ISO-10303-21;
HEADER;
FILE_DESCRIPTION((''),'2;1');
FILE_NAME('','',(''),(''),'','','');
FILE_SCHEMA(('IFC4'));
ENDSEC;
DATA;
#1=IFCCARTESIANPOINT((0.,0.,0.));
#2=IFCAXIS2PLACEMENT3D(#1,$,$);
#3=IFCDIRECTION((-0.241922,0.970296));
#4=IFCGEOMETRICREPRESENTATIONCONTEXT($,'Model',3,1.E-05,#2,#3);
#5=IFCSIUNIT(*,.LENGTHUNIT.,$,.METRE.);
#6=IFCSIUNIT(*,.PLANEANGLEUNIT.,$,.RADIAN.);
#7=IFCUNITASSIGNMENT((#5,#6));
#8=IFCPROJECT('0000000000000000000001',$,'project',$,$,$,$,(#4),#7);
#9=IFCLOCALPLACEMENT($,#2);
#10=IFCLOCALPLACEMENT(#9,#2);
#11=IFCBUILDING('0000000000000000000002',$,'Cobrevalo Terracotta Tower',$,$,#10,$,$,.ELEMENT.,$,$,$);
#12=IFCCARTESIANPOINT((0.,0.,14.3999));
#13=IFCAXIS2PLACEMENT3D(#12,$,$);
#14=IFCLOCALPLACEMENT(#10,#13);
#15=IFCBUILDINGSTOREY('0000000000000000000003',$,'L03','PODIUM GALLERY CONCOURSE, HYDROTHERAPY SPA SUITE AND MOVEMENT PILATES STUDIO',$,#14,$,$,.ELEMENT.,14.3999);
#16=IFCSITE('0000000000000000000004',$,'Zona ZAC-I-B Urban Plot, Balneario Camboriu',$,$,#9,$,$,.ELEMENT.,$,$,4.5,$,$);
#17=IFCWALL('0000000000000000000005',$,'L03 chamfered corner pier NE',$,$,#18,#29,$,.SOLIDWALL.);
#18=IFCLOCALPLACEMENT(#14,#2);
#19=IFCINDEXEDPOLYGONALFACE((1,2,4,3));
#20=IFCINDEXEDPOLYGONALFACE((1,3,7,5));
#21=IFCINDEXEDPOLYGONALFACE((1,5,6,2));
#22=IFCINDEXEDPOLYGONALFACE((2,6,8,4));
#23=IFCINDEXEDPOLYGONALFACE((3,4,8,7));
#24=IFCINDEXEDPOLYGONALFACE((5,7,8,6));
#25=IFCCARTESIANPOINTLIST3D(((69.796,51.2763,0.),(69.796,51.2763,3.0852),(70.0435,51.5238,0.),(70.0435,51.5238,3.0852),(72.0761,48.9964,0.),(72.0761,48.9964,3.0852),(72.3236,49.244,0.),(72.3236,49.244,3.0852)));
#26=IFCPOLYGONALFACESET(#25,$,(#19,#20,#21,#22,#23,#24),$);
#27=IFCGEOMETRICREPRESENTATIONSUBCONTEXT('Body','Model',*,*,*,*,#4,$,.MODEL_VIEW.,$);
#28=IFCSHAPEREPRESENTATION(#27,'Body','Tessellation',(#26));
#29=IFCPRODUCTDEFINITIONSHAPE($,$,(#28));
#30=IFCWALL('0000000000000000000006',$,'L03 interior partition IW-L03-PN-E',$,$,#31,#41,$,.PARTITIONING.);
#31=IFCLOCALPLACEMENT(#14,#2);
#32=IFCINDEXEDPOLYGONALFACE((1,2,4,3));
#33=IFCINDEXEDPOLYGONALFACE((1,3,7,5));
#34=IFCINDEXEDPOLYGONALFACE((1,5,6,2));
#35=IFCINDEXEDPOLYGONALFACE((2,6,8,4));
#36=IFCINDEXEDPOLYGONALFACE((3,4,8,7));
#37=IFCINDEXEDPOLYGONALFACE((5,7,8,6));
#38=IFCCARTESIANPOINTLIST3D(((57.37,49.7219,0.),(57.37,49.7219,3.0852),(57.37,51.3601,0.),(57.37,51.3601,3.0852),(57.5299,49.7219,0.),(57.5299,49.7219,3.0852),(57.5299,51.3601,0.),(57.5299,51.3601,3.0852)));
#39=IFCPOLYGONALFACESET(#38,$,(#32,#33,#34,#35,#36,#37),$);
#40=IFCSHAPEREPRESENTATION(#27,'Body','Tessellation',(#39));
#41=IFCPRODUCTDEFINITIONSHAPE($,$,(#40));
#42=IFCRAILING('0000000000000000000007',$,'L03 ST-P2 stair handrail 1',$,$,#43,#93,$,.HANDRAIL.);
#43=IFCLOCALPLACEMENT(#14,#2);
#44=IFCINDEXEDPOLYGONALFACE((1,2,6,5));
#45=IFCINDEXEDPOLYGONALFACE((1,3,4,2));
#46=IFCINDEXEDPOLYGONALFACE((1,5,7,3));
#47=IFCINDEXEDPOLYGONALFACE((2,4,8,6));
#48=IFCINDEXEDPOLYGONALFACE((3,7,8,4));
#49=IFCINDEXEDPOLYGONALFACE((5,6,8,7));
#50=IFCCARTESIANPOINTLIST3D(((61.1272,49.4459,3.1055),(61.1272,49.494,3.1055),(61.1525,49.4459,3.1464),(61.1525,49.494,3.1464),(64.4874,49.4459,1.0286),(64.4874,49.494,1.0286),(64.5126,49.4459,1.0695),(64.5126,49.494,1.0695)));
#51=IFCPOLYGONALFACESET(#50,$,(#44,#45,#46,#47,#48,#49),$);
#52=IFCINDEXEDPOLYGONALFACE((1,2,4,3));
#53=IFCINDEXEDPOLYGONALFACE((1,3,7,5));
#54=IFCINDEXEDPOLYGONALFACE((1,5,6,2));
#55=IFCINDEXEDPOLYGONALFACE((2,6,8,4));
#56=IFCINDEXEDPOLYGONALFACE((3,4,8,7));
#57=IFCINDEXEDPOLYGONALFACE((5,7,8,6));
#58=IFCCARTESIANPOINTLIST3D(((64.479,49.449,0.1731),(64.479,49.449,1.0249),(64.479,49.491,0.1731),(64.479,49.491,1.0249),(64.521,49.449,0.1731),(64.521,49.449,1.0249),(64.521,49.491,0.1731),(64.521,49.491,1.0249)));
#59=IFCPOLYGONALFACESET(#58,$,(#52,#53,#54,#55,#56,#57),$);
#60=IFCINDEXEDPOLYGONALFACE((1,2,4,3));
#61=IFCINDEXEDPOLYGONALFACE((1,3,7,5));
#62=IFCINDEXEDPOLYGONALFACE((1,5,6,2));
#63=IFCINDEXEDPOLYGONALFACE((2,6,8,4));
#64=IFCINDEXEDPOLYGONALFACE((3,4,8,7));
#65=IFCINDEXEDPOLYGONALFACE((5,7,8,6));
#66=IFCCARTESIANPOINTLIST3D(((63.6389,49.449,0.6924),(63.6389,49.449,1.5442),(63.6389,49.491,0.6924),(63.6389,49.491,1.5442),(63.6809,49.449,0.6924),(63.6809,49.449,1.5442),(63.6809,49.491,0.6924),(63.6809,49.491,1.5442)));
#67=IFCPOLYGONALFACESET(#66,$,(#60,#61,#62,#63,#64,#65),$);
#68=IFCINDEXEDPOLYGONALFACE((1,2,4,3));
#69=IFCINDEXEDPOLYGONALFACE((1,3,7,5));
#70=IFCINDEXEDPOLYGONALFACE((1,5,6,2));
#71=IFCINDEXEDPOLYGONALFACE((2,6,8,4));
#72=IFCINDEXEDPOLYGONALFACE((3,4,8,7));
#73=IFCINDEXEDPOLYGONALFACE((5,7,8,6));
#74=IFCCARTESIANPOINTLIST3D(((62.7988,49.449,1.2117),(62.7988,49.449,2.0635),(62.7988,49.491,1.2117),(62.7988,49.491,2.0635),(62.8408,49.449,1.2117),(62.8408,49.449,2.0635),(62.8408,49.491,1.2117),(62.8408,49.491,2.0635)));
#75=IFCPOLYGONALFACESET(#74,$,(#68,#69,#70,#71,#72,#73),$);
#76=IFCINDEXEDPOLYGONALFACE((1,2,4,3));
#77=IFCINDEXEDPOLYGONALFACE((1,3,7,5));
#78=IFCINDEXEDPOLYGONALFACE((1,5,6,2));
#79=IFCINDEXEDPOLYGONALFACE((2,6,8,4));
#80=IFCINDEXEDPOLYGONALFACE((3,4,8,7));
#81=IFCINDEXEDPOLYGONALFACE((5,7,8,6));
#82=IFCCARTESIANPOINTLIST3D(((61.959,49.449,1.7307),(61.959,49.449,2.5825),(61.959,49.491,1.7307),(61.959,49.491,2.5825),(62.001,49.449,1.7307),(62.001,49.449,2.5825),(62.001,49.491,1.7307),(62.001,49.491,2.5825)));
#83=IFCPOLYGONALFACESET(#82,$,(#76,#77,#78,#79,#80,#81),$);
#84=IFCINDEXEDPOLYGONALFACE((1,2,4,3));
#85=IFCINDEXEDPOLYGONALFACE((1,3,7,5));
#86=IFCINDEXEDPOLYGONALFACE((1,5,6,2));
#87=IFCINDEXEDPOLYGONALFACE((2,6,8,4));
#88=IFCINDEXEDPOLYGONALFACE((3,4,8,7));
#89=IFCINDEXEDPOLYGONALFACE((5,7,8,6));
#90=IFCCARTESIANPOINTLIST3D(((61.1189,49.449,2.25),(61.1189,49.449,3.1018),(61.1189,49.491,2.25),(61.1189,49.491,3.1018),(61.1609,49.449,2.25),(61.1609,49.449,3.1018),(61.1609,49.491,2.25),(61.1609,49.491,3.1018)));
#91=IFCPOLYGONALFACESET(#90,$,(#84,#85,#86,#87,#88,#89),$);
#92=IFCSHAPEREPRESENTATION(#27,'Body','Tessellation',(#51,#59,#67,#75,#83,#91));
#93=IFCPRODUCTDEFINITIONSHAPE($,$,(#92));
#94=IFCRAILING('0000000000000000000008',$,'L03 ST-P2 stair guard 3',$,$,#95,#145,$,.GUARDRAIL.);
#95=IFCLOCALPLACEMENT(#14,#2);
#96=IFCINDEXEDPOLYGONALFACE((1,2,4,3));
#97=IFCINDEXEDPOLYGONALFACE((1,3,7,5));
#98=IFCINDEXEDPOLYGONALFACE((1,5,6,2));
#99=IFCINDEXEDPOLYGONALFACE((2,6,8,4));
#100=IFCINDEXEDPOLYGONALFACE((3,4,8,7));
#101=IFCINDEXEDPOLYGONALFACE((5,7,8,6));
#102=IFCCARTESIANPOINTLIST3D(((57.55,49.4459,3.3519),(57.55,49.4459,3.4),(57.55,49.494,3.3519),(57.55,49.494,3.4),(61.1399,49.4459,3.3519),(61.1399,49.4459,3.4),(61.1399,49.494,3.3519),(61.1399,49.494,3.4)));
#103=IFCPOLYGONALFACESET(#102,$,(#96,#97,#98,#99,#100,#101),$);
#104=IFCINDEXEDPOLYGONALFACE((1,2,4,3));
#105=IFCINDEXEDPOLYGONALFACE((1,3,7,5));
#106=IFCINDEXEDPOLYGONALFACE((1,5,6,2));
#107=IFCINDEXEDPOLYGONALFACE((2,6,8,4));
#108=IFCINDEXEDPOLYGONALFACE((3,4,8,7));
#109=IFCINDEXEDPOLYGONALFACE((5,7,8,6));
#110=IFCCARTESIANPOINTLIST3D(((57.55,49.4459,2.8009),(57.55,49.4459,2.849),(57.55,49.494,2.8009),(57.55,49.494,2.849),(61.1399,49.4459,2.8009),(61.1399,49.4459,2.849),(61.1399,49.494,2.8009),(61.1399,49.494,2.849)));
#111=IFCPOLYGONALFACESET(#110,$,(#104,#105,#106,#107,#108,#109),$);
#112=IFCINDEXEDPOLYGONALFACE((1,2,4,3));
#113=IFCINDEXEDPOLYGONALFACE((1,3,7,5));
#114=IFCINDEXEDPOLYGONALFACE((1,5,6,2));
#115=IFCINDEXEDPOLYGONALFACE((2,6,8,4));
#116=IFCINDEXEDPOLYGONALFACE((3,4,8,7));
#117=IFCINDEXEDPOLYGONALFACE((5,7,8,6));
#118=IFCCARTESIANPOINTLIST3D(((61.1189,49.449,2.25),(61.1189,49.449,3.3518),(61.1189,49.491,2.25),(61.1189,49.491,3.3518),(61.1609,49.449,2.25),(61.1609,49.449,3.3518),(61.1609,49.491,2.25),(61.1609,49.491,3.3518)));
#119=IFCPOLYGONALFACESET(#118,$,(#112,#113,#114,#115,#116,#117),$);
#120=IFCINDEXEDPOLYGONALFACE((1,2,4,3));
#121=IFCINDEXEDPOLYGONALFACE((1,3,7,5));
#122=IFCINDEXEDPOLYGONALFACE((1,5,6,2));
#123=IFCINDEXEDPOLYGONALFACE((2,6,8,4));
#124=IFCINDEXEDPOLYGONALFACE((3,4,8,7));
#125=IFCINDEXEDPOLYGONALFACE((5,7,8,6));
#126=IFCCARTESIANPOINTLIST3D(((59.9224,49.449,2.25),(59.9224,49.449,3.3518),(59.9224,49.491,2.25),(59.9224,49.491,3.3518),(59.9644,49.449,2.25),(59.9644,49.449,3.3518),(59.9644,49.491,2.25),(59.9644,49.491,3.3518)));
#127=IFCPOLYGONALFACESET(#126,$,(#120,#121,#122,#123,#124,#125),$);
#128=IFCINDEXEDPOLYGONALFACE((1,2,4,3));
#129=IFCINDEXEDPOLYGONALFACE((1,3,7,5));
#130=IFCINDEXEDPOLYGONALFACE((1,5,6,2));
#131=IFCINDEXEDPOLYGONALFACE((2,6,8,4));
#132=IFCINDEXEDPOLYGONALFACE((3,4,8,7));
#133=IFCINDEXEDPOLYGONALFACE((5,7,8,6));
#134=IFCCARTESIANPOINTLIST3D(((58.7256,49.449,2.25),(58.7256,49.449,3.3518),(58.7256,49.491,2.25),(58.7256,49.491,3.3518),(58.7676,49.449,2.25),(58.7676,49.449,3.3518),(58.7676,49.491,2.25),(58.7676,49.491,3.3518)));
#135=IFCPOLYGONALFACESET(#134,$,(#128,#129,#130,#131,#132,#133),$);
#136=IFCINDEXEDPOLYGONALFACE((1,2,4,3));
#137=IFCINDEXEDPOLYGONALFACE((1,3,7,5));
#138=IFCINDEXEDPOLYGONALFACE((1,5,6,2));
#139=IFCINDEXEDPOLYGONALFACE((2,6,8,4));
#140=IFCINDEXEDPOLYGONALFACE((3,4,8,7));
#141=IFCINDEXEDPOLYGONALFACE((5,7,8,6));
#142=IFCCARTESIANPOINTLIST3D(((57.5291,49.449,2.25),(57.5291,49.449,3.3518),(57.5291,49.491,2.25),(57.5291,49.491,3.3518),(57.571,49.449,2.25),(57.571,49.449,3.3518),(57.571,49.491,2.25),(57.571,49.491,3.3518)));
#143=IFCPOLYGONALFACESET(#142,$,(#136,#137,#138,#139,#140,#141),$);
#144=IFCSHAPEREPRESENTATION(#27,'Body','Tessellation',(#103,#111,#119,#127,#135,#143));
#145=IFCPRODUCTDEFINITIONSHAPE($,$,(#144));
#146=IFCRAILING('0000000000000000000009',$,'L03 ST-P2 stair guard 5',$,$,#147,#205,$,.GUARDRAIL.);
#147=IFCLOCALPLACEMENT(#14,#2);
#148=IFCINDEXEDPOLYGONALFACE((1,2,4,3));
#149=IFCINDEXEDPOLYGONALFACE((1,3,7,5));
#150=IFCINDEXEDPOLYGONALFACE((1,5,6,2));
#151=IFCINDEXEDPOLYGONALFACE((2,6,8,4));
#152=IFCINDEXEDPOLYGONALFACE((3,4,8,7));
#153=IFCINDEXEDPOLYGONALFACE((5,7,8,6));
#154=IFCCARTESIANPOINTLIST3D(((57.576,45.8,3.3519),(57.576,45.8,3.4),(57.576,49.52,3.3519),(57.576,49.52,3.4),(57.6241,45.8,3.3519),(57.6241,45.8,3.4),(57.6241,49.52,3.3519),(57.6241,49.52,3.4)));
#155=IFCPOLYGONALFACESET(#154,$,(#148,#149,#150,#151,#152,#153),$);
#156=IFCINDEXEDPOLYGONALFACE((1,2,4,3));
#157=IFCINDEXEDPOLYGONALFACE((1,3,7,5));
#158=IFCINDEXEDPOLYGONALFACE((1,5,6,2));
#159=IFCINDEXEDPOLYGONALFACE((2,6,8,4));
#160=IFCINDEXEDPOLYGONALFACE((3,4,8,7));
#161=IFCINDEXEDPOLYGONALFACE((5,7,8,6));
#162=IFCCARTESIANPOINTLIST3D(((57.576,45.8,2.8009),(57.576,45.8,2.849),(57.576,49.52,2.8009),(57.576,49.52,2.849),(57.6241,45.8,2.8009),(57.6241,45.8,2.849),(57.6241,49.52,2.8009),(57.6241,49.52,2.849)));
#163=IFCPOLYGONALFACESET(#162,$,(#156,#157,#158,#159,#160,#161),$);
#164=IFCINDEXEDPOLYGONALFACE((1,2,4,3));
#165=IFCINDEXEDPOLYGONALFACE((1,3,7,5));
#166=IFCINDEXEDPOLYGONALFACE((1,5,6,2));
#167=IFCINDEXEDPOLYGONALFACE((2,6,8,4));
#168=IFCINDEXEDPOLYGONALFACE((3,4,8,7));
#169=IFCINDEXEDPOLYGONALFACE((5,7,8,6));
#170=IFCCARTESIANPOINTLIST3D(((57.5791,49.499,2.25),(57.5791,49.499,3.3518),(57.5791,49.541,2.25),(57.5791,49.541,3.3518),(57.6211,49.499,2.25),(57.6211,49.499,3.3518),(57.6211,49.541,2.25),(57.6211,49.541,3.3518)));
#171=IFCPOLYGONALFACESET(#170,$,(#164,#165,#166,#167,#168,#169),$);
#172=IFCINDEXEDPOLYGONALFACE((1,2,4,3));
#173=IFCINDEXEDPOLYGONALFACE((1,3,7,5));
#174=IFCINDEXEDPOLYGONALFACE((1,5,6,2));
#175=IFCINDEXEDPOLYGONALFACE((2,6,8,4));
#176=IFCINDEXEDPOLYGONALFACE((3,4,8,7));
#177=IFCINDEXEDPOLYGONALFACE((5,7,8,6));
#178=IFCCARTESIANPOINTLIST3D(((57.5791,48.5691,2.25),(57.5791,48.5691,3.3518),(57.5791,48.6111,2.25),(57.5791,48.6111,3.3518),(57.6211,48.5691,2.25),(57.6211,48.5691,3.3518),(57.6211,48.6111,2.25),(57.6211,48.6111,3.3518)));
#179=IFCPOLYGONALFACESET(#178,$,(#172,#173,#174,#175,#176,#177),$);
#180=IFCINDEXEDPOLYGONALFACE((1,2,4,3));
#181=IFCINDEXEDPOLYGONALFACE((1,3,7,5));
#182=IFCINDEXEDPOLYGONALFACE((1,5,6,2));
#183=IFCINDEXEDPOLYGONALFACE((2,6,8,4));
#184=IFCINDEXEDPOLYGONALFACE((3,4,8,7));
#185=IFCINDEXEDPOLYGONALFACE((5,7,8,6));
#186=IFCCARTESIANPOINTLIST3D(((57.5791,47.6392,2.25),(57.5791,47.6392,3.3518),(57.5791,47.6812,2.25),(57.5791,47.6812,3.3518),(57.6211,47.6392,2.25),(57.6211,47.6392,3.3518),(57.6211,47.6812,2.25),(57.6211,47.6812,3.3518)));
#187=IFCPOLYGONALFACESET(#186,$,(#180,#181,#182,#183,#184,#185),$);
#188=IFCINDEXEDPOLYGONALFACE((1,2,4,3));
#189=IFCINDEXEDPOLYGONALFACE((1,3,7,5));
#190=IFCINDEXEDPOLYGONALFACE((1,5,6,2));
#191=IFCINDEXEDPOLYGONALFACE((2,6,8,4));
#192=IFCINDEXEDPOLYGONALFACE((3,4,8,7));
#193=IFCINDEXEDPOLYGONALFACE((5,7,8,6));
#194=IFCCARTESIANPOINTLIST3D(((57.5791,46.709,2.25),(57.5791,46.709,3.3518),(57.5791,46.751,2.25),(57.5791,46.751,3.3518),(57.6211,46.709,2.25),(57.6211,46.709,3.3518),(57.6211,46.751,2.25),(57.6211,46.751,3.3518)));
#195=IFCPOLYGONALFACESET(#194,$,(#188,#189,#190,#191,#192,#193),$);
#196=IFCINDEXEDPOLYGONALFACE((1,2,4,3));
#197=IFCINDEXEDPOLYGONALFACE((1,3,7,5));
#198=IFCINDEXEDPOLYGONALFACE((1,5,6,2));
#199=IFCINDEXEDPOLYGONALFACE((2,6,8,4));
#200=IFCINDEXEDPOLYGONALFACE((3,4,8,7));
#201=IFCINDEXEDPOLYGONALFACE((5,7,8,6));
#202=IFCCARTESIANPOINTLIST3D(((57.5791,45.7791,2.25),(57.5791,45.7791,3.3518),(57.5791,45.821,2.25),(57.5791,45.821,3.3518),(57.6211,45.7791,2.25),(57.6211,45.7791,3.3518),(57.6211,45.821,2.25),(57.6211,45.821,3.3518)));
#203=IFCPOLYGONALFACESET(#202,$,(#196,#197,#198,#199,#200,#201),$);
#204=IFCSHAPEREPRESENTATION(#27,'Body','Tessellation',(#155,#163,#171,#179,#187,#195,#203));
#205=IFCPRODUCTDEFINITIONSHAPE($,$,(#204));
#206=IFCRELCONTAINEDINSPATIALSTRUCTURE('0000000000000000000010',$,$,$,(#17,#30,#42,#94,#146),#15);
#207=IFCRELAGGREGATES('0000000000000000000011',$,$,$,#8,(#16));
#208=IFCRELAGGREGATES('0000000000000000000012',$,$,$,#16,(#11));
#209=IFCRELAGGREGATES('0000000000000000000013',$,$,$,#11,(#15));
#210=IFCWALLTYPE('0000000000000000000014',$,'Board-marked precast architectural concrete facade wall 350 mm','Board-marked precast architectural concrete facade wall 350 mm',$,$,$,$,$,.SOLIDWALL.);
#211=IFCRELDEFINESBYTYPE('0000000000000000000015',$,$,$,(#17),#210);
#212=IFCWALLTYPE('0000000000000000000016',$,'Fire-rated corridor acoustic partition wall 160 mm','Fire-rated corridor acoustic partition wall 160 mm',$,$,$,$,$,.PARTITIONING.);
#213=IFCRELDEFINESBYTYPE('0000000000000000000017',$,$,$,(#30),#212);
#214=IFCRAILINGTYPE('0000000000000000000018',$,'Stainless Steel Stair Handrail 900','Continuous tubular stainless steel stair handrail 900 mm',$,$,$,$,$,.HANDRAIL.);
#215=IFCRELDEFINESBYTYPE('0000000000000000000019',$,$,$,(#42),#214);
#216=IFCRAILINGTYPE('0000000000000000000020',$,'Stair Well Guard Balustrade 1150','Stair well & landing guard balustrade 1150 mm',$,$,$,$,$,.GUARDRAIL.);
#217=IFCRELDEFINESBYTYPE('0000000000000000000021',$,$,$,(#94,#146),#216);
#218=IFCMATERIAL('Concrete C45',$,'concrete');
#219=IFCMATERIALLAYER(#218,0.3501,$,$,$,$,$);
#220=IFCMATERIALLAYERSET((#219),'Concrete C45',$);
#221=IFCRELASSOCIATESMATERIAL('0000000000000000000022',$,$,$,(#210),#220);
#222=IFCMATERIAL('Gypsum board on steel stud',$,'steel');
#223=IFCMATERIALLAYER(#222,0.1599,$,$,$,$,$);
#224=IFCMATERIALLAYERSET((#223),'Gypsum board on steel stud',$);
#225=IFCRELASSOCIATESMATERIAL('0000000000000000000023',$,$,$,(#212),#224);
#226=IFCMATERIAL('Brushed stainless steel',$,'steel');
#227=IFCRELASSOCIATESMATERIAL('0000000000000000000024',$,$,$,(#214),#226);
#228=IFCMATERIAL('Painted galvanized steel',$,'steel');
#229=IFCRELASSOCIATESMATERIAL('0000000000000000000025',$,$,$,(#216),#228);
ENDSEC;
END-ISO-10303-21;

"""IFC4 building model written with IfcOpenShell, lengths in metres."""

from ifc_helpers import new_model, si_unit, direction, frame, frame_2d, origin, origin_2d, place, context, subcontext, project, spatial, rectangle, extrude, material, layer, layer_set, type_object, element, save


model = new_model("IFC4")

# Units and contexts
model_context = context("Model", 3, precision=1e-05, world=origin(), true_north=direction((-0.241922, 0.970296)))
body_context = subcontext(model_context, "Body", "Model", "MODEL_VIEW")
ifc_project = project(units=[si_unit("LENGTHUNIT", "METRE"), si_unit("PLANEANGLEUNIT", "RADIAN")], contexts=[model_context])

# Site, building, storey
site_placement = place(None, origin())
site = spatial("IfcSite", under=ifc_project, at=site_placement, Name="Zona ZAC-I-B Urban Plot, Balneario Camboriu", CompositionType="ELEMENT", RefElevation=4.5)
building_placement = place(site_placement, origin())
building = spatial("IfcBuilding", under=site, at=building_placement, Name="Cobrevalo Terracotta Tower", CompositionType="ELEMENT")
storey_placement = place(building_placement, frame((0.0, 0.0, 14.3999)))
storey = spatial("IfcBuildingStorey", under=building, at=storey_placement, Name="L03", Description="PODIUM GALLERY CONCOURSE, HYDROTHERAPY SPA SUITE AND MOVEMENT PILATES STUDIO", CompositionType="ELEMENT", Elevation=14.3999)

# Walls
ifc_material_1 = material(Name="Concrete C45", Category="concrete")
ifc_layer_1 = layer(ifc_material_1, 0.3501)
ifc_layer_set_1 = layer_set([ifc_layer_1], Name="Concrete C45")
wall_type_1 = type_object("IfcWallType", Name="Board-marked precast architectural concrete facade wall 350 mm", Description="Board-marked precast architectural concrete facade wall 350 mm", PredefinedType="SOLIDWALL", material=ifc_layer_set_1)
wall_1_placement = place(storey_placement, frame((72.2, 49.1201, 0.0), z_axis=(0.0, 0.0, 1.0), x_axis=(-0.707145, 0.707069, 0.0)))
element("IfcWall", 1, at=wall_1_placement, inside=storey, type_object=wall_type_1, Name="L03 chamfered corner pier NE", PredefinedType="SOLIDWALL", context=body_context, shape_type="SweptSolid", body=[
    extrude(rectangle(XDim=3.2244, YDim=0.3501, at=frame_2d((1.6123, 0.0))), origin(), (0.0, 0.0, 1.0), 3.0852),
])
ifc_material_2 = material(Name="Gypsum board on steel stud", Category="steel")
ifc_layer_2 = layer(ifc_material_2, 0.1599)
ifc_layer_set_2 = layer_set([ifc_layer_2], Name="Gypsum board on steel stud")
wall_type_2 = type_object("IfcWallType", Name="Fire-rated corridor acoustic partition wall 160 mm", Description="Fire-rated corridor acoustic partition wall 160 mm", PredefinedType="PARTITIONING", material=ifc_layer_set_2)
wall_2_placement = place(storey_placement, frame((57.45, 49.7219, 0.0), z_axis=(0.0, 0.0, 1.0), x_axis=(0.0, 1.0, 0.0)))
element("IfcWall", 2, at=wall_2_placement, inside=storey, type_object=wall_type_2, Name="L03 interior partition IW-L03-PN-E", PredefinedType="PARTITIONING", context=body_context, shape_type="SweptSolid", body=[
    extrude(rectangle(XDim=1.6382, YDim=0.1599, at=frame_2d((0.8191, 0.0))), origin(), (0.0, 0.0, 1.0), 3.0852),
])

# Railings
ifc_material_3 = material(Name="Brushed stainless steel", Category="steel")
railing_type_1 = type_object("IfcRailingType", Name="Stainless Steel Stair Handrail 900", Description="Continuous tubular stainless steel stair handrail 900 mm", PredefinedType="HANDRAIL", material=ifc_material_3)
railing_1_placement = place(storey_placement, frame((64.5, 49.47, 0.1731)))
element("IfcRailing", 3, at=railing_1_placement, inside=storey, type_object=railing_type_1, Name="L03 ST-P2 stair handrail 1", PredefinedType="HANDRAIL", context=body_context, shape_type="SweptSolid", body=[
    extrude(rectangle(XDim=0.0481, YDim=0.0481, at=origin_2d()), frame((0.0, 0.0, 0.876), z_axis=(-0.850623, 0.0, 0.525776), x_axis=(0.0, -1.0, 0.0)), (0.0, 0.0, 1.0), 3.9502),
    extrude(rectangle(XDim=0.042, YDim=0.042, at=origin_2d()), origin(), (0.0, 0.0, 1.0), 0.8518),
    extrude(rectangle(XDim=0.042, YDim=0.042, at=origin_2d()), frame((-0.8401, 0.0, 0.5193)), (0.0, 0.0, 1.0), 0.8518),
    extrude(rectangle(XDim=0.042, YDim=0.042, at=origin_2d()), frame((-1.6802, 0.0, 1.0386)), (0.0, 0.0, 1.0), 0.8518),
    extrude(rectangle(XDim=0.042, YDim=0.042, at=origin_2d()), frame((-2.52, 0.0, 1.5576)), (0.0, 0.0, 1.0), 0.8518),
    extrude(rectangle(XDim=0.042, YDim=0.042, at=origin_2d()), frame((-3.3601, 0.0, 2.0769)), (0.0, 0.0, 1.0), 0.8518),
])
ifc_material_4 = material(Name="Painted galvanized steel", Category="steel")
railing_type_2 = type_object("IfcRailingType", Name="Stair Well Guard Balustrade 1150", Description="Stair well & landing guard balustrade 1150 mm", PredefinedType="GUARDRAIL", material=ifc_material_4)
railing_2_placement = place(storey_placement, frame((61.1399, 49.47, 2.25)))
element("IfcRailing", 4, at=railing_2_placement, inside=storey, type_object=railing_type_2, Name="L03 ST-P2 stair guard 3", PredefinedType="GUARDRAIL", context=body_context, shape_type="SweptSolid", body=[
    extrude(rectangle(XDim=0.0481, YDim=0.0481, at=origin_2d()), frame((0.0, 0.0, 1.126), z_axis=(-1.0, 0.0, 0.0), x_axis=(0.0, -1.0, 0.0)), (0.0, 0.0, 1.0), 3.5898),
    extrude(rectangle(XDim=0.0481, YDim=0.0481, at=origin_2d()), frame((0.0, 0.0, 0.575), z_axis=(-1.0, 0.0, 0.0), x_axis=(0.0, -1.0, 0.0)), (0.0, 0.0, 1.0), 3.5898),
    extrude(rectangle(XDim=0.042, YDim=0.042, at=origin_2d()), origin(), (0.0, 0.0, 1.0), 1.1018),
    extrude(rectangle(XDim=0.042, YDim=0.042, at=origin_2d()), frame((-1.1965, 0.0, 0.0)), (0.0, 0.0, 1.0), 1.1018),
    extrude(rectangle(XDim=0.042, YDim=0.042, at=origin_2d()), frame((-2.3933, 0.0, 0.0)), (0.0, 0.0, 1.0), 1.1018),
    extrude(rectangle(XDim=0.042, YDim=0.042, at=origin_2d()), frame((-3.5898, 0.0, 0.0)), (0.0, 0.0, 1.0), 1.1018),
])
railing_3_placement = place(storey_placement, frame((57.6001, 49.52, 2.25)))
element("IfcRailing", 5, at=railing_3_placement, inside=storey, type_object=railing_type_2, Name="L03 ST-P2 stair guard 5", PredefinedType="GUARDRAIL", context=body_context, shape_type="SweptSolid", body=[
    extrude(rectangle(XDim=0.0481, YDim=0.0481, at=origin_2d()), frame((0.0, 0.0, 1.126), z_axis=(0.0, -1.0, 0.0), x_axis=(1.0, 0.0, 0.0)), (0.0, 0.0, 1.0), 3.72),
    extrude(rectangle(XDim=0.0481, YDim=0.0481, at=origin_2d()), frame((0.0, 0.0, 0.575), z_axis=(0.0, -1.0, 0.0), x_axis=(1.0, 0.0, 0.0)), (0.0, 0.0, 1.0), 3.72),
    extrude(rectangle(XDim=0.042, YDim=0.042, at=origin_2d()), origin(), (0.0, 0.0, 1.0), 1.1018),
    extrude(rectangle(XDim=0.042, YDim=0.042, at=origin_2d()), frame((0.0, -0.9299, 0.0)), (0.0, 0.0, 1.0), 1.1018),
    extrude(rectangle(XDim=0.042, YDim=0.042, at=origin_2d()), frame((0.0, -1.8599, 0.0)), (0.0, 0.0, 1.0), 1.1018),
    extrude(rectangle(XDim=0.042, YDim=0.042, at=origin_2d()), frame((0.0, -2.79, 0.0)), (0.0, 0.0, 1.0), 1.1018),
    extrude(rectangle(XDim=0.042, YDim=0.042, at=origin_2d()), frame((0.0, -3.72, 0.0)), (0.0, 0.0, 1.0), 1.1018),
])

save(model, "model.ifc")
